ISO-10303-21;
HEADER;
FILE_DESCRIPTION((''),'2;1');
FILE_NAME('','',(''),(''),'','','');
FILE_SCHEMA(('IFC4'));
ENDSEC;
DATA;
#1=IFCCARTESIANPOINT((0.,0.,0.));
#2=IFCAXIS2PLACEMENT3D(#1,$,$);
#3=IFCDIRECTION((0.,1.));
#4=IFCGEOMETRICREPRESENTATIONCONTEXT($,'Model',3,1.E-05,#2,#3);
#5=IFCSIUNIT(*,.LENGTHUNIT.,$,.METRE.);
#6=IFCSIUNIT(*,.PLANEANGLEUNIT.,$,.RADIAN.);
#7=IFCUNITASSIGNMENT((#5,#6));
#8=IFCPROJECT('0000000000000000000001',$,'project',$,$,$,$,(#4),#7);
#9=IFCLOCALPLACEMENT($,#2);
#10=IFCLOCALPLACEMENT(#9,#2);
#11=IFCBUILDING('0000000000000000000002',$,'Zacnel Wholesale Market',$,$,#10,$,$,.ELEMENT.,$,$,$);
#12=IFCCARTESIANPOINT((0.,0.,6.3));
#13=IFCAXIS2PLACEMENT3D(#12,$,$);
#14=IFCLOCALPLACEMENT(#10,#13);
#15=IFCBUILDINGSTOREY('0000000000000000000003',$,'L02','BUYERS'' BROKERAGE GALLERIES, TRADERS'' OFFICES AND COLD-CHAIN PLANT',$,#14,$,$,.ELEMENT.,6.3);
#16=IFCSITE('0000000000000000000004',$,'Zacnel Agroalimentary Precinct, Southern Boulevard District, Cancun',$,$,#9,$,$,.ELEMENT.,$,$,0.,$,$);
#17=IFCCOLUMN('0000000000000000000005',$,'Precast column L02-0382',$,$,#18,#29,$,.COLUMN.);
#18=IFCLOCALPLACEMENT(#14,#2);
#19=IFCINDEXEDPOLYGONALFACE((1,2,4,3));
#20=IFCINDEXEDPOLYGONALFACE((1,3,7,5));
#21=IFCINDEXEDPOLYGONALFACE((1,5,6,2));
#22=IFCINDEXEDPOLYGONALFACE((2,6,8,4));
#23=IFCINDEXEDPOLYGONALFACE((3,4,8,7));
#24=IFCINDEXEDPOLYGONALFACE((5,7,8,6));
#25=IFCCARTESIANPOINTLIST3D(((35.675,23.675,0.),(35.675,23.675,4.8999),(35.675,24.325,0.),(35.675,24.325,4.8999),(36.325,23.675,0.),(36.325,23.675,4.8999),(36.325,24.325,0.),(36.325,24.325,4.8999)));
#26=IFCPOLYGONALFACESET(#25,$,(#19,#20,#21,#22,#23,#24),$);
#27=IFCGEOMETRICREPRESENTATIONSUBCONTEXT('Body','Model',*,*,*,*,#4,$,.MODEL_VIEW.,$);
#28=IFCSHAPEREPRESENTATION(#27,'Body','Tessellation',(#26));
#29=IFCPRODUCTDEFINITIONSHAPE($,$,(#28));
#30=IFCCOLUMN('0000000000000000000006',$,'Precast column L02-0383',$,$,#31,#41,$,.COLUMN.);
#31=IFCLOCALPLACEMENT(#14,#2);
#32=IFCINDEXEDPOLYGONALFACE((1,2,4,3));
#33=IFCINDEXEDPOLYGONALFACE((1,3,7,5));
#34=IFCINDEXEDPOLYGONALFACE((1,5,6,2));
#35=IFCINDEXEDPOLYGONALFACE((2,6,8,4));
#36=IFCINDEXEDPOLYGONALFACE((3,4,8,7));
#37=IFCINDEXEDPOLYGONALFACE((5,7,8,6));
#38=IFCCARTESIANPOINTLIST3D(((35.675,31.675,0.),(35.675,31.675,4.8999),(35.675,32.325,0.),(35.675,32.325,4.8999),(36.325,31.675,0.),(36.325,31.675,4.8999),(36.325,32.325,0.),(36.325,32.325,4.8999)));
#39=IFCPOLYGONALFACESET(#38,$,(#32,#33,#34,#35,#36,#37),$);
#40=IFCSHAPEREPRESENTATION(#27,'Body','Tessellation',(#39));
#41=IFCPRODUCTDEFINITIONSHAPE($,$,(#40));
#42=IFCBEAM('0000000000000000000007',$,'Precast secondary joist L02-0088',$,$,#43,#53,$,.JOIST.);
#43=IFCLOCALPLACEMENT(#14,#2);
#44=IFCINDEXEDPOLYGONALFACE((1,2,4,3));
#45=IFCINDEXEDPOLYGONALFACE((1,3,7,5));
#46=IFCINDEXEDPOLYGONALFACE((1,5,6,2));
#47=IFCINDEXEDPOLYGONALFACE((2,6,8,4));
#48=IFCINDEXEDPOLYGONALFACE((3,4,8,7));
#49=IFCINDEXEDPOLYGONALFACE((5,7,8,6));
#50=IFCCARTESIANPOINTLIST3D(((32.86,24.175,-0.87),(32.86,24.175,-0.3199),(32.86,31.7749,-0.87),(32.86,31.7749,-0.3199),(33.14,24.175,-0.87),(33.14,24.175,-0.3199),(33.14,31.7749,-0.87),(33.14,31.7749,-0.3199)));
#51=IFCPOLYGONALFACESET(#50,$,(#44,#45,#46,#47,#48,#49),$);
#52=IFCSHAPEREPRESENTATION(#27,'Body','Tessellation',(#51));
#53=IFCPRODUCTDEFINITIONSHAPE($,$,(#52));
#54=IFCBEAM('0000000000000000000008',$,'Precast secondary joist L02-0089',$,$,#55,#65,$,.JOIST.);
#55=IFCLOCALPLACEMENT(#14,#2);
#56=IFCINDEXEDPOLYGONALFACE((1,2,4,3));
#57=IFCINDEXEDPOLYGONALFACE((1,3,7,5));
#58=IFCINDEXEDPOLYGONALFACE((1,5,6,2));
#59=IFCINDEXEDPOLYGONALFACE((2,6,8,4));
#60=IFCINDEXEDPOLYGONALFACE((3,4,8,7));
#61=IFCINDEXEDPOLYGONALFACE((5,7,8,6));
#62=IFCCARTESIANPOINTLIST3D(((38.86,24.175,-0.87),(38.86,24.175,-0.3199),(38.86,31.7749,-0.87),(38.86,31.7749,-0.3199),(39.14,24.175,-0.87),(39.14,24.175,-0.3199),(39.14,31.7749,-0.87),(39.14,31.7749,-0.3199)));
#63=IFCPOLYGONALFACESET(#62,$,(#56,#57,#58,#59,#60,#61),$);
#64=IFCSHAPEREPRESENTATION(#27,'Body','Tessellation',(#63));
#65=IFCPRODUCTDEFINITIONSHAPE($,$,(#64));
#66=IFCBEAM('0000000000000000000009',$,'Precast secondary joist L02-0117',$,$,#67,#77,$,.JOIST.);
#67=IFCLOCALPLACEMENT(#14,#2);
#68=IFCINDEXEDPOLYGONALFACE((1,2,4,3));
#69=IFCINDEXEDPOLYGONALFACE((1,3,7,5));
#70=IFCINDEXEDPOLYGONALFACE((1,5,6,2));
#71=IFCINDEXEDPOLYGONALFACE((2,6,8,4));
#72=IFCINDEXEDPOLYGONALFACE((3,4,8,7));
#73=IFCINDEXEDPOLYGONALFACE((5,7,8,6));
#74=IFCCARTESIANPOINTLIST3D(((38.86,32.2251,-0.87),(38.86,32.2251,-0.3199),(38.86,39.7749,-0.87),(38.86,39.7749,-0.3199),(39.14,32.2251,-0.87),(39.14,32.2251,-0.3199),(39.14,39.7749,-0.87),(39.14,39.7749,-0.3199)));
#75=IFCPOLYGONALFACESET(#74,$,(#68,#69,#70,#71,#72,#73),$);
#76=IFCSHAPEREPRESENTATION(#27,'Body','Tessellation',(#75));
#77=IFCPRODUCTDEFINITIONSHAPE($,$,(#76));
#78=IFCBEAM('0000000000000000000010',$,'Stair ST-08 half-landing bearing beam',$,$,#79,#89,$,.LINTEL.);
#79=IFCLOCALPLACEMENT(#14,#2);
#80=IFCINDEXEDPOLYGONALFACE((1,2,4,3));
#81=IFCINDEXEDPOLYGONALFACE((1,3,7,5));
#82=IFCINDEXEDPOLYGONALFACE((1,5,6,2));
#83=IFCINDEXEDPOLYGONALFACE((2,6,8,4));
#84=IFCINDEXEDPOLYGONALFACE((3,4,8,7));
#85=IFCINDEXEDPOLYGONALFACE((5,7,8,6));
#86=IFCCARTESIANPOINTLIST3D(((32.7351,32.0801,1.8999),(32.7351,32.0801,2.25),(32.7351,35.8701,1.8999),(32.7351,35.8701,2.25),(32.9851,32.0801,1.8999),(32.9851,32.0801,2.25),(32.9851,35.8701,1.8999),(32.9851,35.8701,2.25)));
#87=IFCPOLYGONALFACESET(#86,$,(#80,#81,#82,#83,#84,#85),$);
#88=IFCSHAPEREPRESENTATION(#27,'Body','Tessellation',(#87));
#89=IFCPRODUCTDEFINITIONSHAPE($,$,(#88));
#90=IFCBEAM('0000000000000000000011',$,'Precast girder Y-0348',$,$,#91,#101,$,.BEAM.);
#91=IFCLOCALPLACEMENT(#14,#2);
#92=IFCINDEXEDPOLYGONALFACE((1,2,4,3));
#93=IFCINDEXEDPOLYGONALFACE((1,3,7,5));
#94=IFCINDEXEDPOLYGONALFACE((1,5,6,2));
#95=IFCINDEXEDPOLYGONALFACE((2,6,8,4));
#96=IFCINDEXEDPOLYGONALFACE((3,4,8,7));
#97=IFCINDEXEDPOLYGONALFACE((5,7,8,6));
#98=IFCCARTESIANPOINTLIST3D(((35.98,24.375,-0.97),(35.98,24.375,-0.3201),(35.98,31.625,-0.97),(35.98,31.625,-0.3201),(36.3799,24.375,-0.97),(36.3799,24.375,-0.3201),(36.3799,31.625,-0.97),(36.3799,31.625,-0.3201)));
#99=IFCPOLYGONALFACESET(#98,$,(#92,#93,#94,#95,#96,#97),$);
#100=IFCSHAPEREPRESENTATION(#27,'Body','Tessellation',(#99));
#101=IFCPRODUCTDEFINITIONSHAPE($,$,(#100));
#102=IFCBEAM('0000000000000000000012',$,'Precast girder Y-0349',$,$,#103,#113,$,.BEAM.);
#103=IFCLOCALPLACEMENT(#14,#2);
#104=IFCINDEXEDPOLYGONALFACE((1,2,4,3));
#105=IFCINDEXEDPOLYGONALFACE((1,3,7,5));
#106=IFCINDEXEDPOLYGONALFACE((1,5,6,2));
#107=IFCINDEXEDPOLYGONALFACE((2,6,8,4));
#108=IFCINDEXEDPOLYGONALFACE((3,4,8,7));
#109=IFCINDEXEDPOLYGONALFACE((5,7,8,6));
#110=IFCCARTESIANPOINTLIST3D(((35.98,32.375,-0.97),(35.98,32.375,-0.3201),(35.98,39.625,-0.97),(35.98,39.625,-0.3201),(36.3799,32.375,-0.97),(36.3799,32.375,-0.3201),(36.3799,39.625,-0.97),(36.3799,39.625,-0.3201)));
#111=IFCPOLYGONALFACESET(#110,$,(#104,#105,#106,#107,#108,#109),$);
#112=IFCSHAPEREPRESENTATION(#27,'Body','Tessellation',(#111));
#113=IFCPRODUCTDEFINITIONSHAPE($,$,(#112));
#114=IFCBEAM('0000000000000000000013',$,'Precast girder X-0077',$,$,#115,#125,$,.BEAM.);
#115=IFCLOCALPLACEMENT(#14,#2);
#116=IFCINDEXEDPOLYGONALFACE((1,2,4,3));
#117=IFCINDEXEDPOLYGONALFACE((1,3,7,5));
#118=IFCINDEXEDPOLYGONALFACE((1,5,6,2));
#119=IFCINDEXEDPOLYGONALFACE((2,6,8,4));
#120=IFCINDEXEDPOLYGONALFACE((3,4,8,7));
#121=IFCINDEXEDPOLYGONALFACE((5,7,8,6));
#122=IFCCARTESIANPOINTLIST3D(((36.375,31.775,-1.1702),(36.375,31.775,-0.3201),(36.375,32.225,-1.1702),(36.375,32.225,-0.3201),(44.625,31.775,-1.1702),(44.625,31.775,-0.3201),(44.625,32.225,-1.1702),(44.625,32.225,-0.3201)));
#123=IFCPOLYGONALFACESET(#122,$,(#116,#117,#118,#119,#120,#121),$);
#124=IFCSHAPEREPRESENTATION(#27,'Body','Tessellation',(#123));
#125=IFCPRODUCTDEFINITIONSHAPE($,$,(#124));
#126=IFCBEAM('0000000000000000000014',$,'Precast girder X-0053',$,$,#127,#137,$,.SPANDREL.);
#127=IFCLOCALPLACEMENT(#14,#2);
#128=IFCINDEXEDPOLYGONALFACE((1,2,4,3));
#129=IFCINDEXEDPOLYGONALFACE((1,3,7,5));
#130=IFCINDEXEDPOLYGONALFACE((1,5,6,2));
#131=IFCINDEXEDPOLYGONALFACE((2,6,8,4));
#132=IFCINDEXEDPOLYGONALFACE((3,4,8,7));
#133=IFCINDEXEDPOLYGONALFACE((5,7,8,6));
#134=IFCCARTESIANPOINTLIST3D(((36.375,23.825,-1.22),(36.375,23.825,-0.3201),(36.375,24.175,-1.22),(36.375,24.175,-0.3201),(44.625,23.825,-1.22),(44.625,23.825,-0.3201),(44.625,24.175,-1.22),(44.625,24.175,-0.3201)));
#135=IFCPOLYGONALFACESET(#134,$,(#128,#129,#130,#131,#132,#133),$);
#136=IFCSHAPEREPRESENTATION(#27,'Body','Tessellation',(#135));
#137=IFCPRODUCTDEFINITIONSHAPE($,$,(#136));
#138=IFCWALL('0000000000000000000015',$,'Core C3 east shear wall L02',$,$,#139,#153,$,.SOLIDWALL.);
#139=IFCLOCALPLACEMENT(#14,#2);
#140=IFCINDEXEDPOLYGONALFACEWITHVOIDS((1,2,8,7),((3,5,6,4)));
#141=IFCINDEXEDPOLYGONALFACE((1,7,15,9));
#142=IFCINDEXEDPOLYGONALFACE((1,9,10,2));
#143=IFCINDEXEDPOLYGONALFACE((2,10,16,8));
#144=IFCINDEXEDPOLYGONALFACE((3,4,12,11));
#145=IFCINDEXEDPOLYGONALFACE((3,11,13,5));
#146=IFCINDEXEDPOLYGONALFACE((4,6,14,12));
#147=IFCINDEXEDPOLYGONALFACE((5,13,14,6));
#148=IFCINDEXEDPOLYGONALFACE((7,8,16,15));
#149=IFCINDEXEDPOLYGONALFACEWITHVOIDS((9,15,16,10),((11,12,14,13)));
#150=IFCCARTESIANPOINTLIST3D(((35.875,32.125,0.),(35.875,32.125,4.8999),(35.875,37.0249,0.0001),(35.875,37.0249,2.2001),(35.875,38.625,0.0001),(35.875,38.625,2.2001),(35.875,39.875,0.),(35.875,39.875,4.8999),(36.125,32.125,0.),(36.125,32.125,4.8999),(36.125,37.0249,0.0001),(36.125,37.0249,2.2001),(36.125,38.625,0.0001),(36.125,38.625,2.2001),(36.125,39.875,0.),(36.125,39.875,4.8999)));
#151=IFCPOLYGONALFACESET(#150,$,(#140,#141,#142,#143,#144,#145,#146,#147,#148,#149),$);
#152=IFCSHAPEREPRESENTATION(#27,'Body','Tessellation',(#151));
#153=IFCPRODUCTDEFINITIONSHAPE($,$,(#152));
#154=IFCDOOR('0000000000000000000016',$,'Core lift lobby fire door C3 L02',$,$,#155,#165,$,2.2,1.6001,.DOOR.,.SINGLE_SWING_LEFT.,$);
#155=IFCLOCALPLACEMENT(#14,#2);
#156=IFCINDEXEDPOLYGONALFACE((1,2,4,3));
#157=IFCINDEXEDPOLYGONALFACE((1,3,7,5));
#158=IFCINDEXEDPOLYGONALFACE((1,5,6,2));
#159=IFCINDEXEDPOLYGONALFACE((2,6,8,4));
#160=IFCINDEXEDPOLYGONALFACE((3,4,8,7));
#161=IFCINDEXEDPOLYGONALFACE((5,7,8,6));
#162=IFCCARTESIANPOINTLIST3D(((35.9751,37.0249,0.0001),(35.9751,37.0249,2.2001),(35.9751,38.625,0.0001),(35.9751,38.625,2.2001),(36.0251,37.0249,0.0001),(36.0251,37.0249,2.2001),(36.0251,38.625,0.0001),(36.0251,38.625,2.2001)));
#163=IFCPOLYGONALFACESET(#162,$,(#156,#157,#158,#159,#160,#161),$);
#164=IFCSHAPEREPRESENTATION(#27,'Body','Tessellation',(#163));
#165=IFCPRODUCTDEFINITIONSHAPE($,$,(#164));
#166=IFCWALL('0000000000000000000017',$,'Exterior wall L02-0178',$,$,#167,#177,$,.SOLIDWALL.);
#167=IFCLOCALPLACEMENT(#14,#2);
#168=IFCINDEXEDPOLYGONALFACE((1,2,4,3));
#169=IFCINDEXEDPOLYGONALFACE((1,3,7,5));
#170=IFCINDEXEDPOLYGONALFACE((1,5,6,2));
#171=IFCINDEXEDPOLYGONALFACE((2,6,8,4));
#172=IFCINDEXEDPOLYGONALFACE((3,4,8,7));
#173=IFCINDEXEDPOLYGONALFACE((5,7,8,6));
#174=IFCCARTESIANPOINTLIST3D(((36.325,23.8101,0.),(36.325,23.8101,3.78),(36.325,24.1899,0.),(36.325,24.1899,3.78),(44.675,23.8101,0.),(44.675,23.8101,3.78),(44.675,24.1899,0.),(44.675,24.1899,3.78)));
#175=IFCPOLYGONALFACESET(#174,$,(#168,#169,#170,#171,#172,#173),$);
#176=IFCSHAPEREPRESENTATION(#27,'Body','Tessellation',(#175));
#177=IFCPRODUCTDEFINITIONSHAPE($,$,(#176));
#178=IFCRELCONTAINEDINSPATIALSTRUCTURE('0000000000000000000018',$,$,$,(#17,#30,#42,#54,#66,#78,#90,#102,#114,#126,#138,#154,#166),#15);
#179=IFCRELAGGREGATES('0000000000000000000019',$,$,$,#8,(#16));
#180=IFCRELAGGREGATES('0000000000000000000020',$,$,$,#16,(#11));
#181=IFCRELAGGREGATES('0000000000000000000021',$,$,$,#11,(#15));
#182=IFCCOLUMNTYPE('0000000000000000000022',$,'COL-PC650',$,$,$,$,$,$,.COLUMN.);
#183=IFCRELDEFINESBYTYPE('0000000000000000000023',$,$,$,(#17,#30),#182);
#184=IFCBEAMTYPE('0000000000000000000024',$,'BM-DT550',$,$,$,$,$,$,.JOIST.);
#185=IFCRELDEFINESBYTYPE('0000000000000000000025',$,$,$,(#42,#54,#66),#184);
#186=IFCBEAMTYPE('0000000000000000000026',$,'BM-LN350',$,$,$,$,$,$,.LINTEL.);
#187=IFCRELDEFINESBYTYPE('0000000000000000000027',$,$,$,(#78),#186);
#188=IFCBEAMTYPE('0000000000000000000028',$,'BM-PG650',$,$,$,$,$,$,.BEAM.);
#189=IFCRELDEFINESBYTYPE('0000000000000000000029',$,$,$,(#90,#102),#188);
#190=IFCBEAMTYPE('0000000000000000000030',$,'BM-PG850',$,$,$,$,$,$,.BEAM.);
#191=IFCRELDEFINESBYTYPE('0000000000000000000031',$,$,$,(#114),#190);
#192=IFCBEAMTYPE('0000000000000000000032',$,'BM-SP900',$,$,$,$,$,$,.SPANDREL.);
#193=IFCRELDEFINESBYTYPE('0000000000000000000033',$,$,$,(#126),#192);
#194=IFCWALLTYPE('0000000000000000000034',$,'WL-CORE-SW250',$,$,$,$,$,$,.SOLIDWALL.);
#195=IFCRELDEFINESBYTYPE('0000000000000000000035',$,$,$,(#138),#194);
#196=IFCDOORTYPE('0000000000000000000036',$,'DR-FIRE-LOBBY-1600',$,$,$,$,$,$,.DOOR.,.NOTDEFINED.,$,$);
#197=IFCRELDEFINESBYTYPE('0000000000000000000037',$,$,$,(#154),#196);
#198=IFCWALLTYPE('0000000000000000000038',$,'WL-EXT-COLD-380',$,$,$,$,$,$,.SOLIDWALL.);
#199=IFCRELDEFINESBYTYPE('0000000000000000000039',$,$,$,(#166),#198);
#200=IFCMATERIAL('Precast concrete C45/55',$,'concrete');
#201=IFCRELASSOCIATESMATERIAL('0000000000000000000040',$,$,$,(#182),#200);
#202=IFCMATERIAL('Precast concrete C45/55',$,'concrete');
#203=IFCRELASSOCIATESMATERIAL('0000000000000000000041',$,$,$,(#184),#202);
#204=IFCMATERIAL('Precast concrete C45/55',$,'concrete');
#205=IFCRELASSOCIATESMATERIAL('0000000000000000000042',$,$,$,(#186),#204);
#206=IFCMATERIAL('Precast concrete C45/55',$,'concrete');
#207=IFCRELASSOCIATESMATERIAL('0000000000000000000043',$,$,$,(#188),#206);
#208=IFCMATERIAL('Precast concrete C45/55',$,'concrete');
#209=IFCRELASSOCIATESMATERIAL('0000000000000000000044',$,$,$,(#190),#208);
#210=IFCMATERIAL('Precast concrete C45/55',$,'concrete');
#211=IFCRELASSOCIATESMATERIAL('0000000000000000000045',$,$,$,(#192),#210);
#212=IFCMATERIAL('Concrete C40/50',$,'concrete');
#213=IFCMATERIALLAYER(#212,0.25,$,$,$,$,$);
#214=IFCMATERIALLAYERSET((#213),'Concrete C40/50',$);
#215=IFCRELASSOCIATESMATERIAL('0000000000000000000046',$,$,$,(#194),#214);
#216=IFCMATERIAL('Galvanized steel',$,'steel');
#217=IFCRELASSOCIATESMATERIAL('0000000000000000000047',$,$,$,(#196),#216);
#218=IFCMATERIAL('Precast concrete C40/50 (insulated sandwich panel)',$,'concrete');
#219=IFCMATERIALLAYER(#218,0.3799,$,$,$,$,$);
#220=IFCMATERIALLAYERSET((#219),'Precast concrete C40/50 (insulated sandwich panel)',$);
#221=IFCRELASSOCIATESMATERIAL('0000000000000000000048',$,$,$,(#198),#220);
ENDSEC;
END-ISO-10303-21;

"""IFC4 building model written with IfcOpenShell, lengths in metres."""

from ifc_helpers import new_model, si_unit, direction, frame, frame_2d, origin, origin_2d, place, context, subcontext, project, spatial, rectangle, extrude, material, layer, layer_set, material_profile, profile_set, type_object, element, fill, save


model = new_model("IFC4")

# Units and contexts
model_context = context("Model", 3, precision=1e-05, world=origin(), true_north=direction((0.0, 1.0)))
body_context = subcontext(model_context, "Body", "Model", "MODEL_VIEW")
ifc_project = project(units=[si_unit("LENGTHUNIT", "METRE"), si_unit("PLANEANGLEUNIT", "RADIAN")], contexts=[model_context])

# Site, building, storey
site_placement = place(None, origin())
site = spatial("IfcSite", under=ifc_project, at=site_placement, Name="Zacnel Agroalimentary Precinct, Southern Boulevard District, Cancun", CompositionType="ELEMENT", RefElevation=0.0)
building_placement = place(site_placement, origin())
building = spatial("IfcBuilding", under=site, at=building_placement, Name="Zacnel Wholesale Market", CompositionType="ELEMENT")
storey_placement = place(building_placement, frame((0.0, 0.0, 6.3)))
storey = spatial("IfcBuildingStorey", under=building, at=storey_placement, Name="L02", Description="BUYERS' BROKERAGE GALLERIES, TRADERS' OFFICES AND COLD-CHAIN PLANT", CompositionType="ELEMENT", Elevation=6.3)

# Columns
ifc_material_1 = material(Name="Precast concrete C45/55", Category="concrete")
ifc_material_profile_1 = material_profile(ifc_material_1, rectangle(XDim=0.6499, YDim=0.6499, at=origin_2d()), Name="PC 650x650")
ifc_profile_set_1 = profile_set([ifc_material_profile_1], Name="Precast concrete C45/55")
column_type = type_object("IfcColumnType", Name="COL-PC650", PredefinedType="COLUMN", material=ifc_profile_set_1)
for number, where, z_axis, x_axis, name in (
    (1, (36.0, 24.0, 0.0), (0.0, 0.0, 1.0), (1.0, 0.0, 0.0), "Precast column L02-0382"),
    (2, (36.0, 32.0, 0.0), (0.0, 0.0, 1.0), (1.0, 0.0, 0.0), "Precast column L02-0383"),
):
    element("IfcColumn", number, at=place(storey_placement, frame(where, z_axis=z_axis, x_axis=x_axis)), inside=storey, type_object=column_type, Name=name, PredefinedType="COLUMN", context=body_context, shape_type="SweptSolid", body=[
        extrude(rectangle(XDim=0.6499, YDim=0.6499, at=origin_2d()), origin(), (0.0, 0.0, 1.0), 4.8999),
    ])

# Beams
ifc_material_2 = material(Name="Precast concrete C45/55", Category="concrete")
ifc_material_profile_2 = material_profile(ifc_material_2, rectangle(XDim=0.28, YDim=0.55, at=origin_2d()), Name="DT RIB 280x550")
ifc_profile_set_2 = profile_set([ifc_material_profile_2], Name="Precast concrete C45/55")
beam_type_1 = type_object("IfcBeamType", Name="BM-DT550", PredefinedType="JOIST", material=ifc_profile_set_2)
for number, where, z_axis, x_axis, name in (
    (3, (33.0, 24.175, -0.595), (0.0, 1.0, 0.0), (-1.0, 0.0, 0.0), "Precast secondary joist L02-0088"),
    (4, (39.0, 24.175, -0.595), (0.0, 1.0, 0.0), (-1.0, 0.0, 0.0), "Precast secondary joist L02-0089"),
):
    element("IfcBeam", number, at=place(storey_placement, frame(where, z_axis=z_axis, x_axis=x_axis)), inside=storey, type_object=beam_type_1, Name=name, PredefinedType="JOIST", context=body_context, shape_type="SweptSolid", body=[
        extrude(rectangle(XDim=0.28, YDim=0.55, at=origin_2d()), origin(), (0.0, 0.0, 1.0), 7.5999),
    ])
beam_1_placement = place(storey_placement, frame((39.0, 32.2251, -0.595), z_axis=(0.0, 1.0, 0.0), x_axis=(-1.0, 0.0, 0.0)))
element("IfcBeam", 5, at=beam_1_placement, inside=storey, type_object=beam_type_1, Name="Precast secondary joist L02-0117", PredefinedType="JOIST", context=body_context, shape_type="SweptSolid", body=[
    extrude(rectangle(XDim=0.28, YDim=0.55, at=origin_2d()), origin(), (0.0, 0.0, 1.0), 7.5498),
])
ifc_material_3 = material(Name="Precast concrete C45/55", Category="concrete")
ifc_material_profile_3 = material_profile(ifc_material_3, rectangle(XDim=0.25, YDim=0.3501, at=origin_2d()), Name="LN 250x350")
ifc_profile_set_3 = profile_set([ifc_material_profile_3], Name="Precast concrete C45/55")
beam_type_2 = type_object("IfcBeamType", Name="BM-LN350", PredefinedType="LINTEL", material=ifc_profile_set_3)
beam_2_placement = place(storey_placement, frame((32.8601, 32.0801, 2.075), z_axis=(0.0, 1.0, 0.0), x_axis=(-1.0, 0.0, 0.0)))
element("IfcBeam", 6, at=beam_2_placement, inside=storey, type_object=beam_type_2, Name="Stair ST-08 half-landing bearing beam", PredefinedType="LINTEL", context=body_context, shape_type="SweptSolid", body=[
    extrude(rectangle(XDim=0.25, YDim=0.3501, at=origin_2d()), origin(), (0.0, 0.0, 1.0), 3.79),
])
ifc_material_4 = material(Name="Precast concrete C45/55", Category="concrete")
ifc_material_profile_4 = material_profile(ifc_material_4, rectangle(XDim=0.3999, YDim=0.6499, at=origin_2d()), Name="PG 400x650")
ifc_profile_set_4 = profile_set([ifc_material_profile_4], Name="Precast concrete C45/55")
beam_type_3 = type_object("IfcBeamType", Name="BM-PG650", PredefinedType="BEAM", material=ifc_profile_set_4)
for number, where, z_axis, x_axis, name in (
    (7, (36.1799, 24.375, -0.645), (0.0, 1.0, 0.0), (-1.0, 0.0, 0.0), "Precast girder Y-0348"),
    (8, (36.1799, 32.375, -0.645), (0.0, 1.0, 0.0), (-1.0, 0.0, 0.0), "Precast girder Y-0349"),
):
    element("IfcBeam", number, at=place(storey_placement, frame(where, z_axis=z_axis, x_axis=x_axis)), inside=storey, type_object=beam_type_3, Name=name, PredefinedType="BEAM", context=body_context, shape_type="SweptSolid", body=[
        extrude(rectangle(XDim=0.3999, YDim=0.6499, at=origin_2d()), origin(), (0.0, 0.0, 1.0), 7.25),
    ])
ifc_material_5 = material(Name="Precast concrete C45/55", Category="concrete")
ifc_material_profile_5 = material_profile(ifc_material_5, rectangle(XDim=0.45, YDim=0.8501, at=origin_2d()), Name="PG 450x850")
ifc_profile_set_5 = profile_set([ifc_material_profile_5], Name="Precast concrete C45/55")
beam_type_4 = type_object("IfcBeamType", Name="BM-PG850", PredefinedType="BEAM", material=ifc_profile_set_5)
beam_3_placement = place(storey_placement, frame((36.375, 32.0, -0.7451), z_axis=(1.0, 0.0, 0.0), x_axis=(0.0, 1.0, 0.0)))
element("IfcBeam", 9, at=beam_3_placement, inside=storey, type_object=beam_type_4, Name="Precast girder X-0077", PredefinedType="BEAM", context=body_context, shape_type="SweptSolid", body=[
    extrude(rectangle(XDim=0.45, YDim=0.8501, at=origin_2d()), origin(), (0.0, 0.0, 1.0), 8.25),
])
ifc_material_6 = material(Name="Precast concrete C45/55", Category="concrete")
ifc_material_profile_6 = material_profile(ifc_material_6, rectangle(XDim=0.3501, YDim=0.8999, at=origin_2d()), Name="SP 350x900")
ifc_profile_set_6 = profile_set([ifc_material_profile_6], Name="Precast concrete C45/55")
beam_type_5 = type_object("IfcBeamType", Name="BM-SP900", PredefinedType="SPANDREL", material=ifc_profile_set_6)
beam_4_placement = place(storey_placement, frame((36.375, 24.0, -0.77), z_axis=(1.0, 0.0, 0.0), x_axis=(0.0, 1.0, 0.0)))
element("IfcBeam", 10, at=beam_4_placement, inside=storey, type_object=beam_type_5, Name="Precast girder X-0053", PredefinedType="SPANDREL", context=body_context, shape_type="SweptSolid", body=[
    extrude(rectangle(XDim=0.3501, YDim=0.8999, at=origin_2d()), origin(), (0.0, 0.0, 1.0), 8.25),
])

# Wall, opening, door
ifc_material_7 = material(Name="Concrete C40/50", Category="concrete")
ifc_layer_1 = layer(ifc_material_7, 0.25)
ifc_layer_set_1 = layer_set([ifc_layer_1], Name="Concrete C40/50")
wall_type_1 = type_object("IfcWallType", Name="WL-CORE-SW250", PredefinedType="SOLIDWALL", material=ifc_layer_set_1)
wall_1_placement = place(storey_placement, frame((36.0, 32.125, 0.0), z_axis=(0.0, 0.0, 1.0), x_axis=(0.0, 1.0, 0.0)))
wall_1 = element("IfcWall", 11, at=wall_1_placement, inside=storey, type_object=wall_type_1, Name="Core C3 east shear wall L02", PredefinedType="SOLIDWALL", context=body_context, shape_type="SweptSolid", body=[
    extrude(rectangle(XDim=7.75, YDim=0.25, at=frame_2d((3.875, 0.0))), origin(), (0.0, 0.0, 1.0), 4.8999),
])
opening_1_placement = place(wall_1_placement, frame((4.8999, 0.0, 0.0)))
opening_1 = element("IfcOpeningElement", 12, at=opening_1_placement, cuts=wall_1, PredefinedType="OPENING", context=body_context, shape_type="SweptSolid", body=[
    extrude(rectangle(XDim=1.6001, YDim=2.2, at=frame_2d((0.8, 1.1001))), frame((0.0, 0.135, 0.0), z_axis=(0.0, -1.0, 0.0), x_axis=(1.0, 0.0, 0.0)), (0.0, 0.0, 1.0), 0.27),
])
ifc_material_8 = material(Name="Galvanized steel", Category="steel")
door_type_1 = type_object("IfcDoorType", Name="DR-FIRE-LOBBY-1600", OperationType="NOTDEFINED", PredefinedType="DOOR", material=ifc_material_8)
door_1_placement = place(opening_1_placement, origin())
door_1 = element("IfcDoor", 13, at=door_1_placement, inside=storey, type_object=door_type_1, Name="Core lift lobby fire door C3 L02", OperationType="SINGLE_SWING_LEFT", OverallHeight=2.2, OverallWidth=1.6001, PredefinedType="DOOR", context=body_context, shape_type="SweptSolid", body=[
    extrude(rectangle(XDim=1.6001, YDim=2.2, at=frame_2d((0.8, 1.1001))), frame((0.0, 0.0249, 0.0), z_axis=(0.0, -1.0, 0.0), x_axis=(1.0, 0.0, 0.0)), (0.0, 0.0, 1.0), 0.05),
])
fill(opening_1, door_1)

# Wall
ifc_material_9 = material(Name="Precast concrete C40/50 (insulated sandwich panel)", Category="concrete")
ifc_layer_2 = layer(ifc_material_9, 0.3799)
ifc_layer_set_2 = layer_set([ifc_layer_2], Name="Precast concrete C40/50 (insulated sandwich panel)")
wall_type_2 = type_object("IfcWallType", Name="WL-EXT-COLD-380", PredefinedType="SOLIDWALL", material=ifc_layer_set_2)
wall_2_placement = place(storey_placement, frame((36.325, 24.0, 0.0), z_axis=(0.0, 0.0, 1.0), x_axis=(1.0, 0.0, 0.0)))
element("IfcWall", 14, at=wall_2_placement, inside=storey, type_object=wall_type_2, Name="Exterior wall L02-0178", PredefinedType="SOLIDWALL", context=body_context, shape_type="SweptSolid", body=[
    extrude(rectangle(XDim=8.3501, YDim=0.3799, at=frame_2d((4.175, 0.0))), origin(), (0.0, 0.0, 1.0), 3.78),
])

save(model, "model.ifc")
